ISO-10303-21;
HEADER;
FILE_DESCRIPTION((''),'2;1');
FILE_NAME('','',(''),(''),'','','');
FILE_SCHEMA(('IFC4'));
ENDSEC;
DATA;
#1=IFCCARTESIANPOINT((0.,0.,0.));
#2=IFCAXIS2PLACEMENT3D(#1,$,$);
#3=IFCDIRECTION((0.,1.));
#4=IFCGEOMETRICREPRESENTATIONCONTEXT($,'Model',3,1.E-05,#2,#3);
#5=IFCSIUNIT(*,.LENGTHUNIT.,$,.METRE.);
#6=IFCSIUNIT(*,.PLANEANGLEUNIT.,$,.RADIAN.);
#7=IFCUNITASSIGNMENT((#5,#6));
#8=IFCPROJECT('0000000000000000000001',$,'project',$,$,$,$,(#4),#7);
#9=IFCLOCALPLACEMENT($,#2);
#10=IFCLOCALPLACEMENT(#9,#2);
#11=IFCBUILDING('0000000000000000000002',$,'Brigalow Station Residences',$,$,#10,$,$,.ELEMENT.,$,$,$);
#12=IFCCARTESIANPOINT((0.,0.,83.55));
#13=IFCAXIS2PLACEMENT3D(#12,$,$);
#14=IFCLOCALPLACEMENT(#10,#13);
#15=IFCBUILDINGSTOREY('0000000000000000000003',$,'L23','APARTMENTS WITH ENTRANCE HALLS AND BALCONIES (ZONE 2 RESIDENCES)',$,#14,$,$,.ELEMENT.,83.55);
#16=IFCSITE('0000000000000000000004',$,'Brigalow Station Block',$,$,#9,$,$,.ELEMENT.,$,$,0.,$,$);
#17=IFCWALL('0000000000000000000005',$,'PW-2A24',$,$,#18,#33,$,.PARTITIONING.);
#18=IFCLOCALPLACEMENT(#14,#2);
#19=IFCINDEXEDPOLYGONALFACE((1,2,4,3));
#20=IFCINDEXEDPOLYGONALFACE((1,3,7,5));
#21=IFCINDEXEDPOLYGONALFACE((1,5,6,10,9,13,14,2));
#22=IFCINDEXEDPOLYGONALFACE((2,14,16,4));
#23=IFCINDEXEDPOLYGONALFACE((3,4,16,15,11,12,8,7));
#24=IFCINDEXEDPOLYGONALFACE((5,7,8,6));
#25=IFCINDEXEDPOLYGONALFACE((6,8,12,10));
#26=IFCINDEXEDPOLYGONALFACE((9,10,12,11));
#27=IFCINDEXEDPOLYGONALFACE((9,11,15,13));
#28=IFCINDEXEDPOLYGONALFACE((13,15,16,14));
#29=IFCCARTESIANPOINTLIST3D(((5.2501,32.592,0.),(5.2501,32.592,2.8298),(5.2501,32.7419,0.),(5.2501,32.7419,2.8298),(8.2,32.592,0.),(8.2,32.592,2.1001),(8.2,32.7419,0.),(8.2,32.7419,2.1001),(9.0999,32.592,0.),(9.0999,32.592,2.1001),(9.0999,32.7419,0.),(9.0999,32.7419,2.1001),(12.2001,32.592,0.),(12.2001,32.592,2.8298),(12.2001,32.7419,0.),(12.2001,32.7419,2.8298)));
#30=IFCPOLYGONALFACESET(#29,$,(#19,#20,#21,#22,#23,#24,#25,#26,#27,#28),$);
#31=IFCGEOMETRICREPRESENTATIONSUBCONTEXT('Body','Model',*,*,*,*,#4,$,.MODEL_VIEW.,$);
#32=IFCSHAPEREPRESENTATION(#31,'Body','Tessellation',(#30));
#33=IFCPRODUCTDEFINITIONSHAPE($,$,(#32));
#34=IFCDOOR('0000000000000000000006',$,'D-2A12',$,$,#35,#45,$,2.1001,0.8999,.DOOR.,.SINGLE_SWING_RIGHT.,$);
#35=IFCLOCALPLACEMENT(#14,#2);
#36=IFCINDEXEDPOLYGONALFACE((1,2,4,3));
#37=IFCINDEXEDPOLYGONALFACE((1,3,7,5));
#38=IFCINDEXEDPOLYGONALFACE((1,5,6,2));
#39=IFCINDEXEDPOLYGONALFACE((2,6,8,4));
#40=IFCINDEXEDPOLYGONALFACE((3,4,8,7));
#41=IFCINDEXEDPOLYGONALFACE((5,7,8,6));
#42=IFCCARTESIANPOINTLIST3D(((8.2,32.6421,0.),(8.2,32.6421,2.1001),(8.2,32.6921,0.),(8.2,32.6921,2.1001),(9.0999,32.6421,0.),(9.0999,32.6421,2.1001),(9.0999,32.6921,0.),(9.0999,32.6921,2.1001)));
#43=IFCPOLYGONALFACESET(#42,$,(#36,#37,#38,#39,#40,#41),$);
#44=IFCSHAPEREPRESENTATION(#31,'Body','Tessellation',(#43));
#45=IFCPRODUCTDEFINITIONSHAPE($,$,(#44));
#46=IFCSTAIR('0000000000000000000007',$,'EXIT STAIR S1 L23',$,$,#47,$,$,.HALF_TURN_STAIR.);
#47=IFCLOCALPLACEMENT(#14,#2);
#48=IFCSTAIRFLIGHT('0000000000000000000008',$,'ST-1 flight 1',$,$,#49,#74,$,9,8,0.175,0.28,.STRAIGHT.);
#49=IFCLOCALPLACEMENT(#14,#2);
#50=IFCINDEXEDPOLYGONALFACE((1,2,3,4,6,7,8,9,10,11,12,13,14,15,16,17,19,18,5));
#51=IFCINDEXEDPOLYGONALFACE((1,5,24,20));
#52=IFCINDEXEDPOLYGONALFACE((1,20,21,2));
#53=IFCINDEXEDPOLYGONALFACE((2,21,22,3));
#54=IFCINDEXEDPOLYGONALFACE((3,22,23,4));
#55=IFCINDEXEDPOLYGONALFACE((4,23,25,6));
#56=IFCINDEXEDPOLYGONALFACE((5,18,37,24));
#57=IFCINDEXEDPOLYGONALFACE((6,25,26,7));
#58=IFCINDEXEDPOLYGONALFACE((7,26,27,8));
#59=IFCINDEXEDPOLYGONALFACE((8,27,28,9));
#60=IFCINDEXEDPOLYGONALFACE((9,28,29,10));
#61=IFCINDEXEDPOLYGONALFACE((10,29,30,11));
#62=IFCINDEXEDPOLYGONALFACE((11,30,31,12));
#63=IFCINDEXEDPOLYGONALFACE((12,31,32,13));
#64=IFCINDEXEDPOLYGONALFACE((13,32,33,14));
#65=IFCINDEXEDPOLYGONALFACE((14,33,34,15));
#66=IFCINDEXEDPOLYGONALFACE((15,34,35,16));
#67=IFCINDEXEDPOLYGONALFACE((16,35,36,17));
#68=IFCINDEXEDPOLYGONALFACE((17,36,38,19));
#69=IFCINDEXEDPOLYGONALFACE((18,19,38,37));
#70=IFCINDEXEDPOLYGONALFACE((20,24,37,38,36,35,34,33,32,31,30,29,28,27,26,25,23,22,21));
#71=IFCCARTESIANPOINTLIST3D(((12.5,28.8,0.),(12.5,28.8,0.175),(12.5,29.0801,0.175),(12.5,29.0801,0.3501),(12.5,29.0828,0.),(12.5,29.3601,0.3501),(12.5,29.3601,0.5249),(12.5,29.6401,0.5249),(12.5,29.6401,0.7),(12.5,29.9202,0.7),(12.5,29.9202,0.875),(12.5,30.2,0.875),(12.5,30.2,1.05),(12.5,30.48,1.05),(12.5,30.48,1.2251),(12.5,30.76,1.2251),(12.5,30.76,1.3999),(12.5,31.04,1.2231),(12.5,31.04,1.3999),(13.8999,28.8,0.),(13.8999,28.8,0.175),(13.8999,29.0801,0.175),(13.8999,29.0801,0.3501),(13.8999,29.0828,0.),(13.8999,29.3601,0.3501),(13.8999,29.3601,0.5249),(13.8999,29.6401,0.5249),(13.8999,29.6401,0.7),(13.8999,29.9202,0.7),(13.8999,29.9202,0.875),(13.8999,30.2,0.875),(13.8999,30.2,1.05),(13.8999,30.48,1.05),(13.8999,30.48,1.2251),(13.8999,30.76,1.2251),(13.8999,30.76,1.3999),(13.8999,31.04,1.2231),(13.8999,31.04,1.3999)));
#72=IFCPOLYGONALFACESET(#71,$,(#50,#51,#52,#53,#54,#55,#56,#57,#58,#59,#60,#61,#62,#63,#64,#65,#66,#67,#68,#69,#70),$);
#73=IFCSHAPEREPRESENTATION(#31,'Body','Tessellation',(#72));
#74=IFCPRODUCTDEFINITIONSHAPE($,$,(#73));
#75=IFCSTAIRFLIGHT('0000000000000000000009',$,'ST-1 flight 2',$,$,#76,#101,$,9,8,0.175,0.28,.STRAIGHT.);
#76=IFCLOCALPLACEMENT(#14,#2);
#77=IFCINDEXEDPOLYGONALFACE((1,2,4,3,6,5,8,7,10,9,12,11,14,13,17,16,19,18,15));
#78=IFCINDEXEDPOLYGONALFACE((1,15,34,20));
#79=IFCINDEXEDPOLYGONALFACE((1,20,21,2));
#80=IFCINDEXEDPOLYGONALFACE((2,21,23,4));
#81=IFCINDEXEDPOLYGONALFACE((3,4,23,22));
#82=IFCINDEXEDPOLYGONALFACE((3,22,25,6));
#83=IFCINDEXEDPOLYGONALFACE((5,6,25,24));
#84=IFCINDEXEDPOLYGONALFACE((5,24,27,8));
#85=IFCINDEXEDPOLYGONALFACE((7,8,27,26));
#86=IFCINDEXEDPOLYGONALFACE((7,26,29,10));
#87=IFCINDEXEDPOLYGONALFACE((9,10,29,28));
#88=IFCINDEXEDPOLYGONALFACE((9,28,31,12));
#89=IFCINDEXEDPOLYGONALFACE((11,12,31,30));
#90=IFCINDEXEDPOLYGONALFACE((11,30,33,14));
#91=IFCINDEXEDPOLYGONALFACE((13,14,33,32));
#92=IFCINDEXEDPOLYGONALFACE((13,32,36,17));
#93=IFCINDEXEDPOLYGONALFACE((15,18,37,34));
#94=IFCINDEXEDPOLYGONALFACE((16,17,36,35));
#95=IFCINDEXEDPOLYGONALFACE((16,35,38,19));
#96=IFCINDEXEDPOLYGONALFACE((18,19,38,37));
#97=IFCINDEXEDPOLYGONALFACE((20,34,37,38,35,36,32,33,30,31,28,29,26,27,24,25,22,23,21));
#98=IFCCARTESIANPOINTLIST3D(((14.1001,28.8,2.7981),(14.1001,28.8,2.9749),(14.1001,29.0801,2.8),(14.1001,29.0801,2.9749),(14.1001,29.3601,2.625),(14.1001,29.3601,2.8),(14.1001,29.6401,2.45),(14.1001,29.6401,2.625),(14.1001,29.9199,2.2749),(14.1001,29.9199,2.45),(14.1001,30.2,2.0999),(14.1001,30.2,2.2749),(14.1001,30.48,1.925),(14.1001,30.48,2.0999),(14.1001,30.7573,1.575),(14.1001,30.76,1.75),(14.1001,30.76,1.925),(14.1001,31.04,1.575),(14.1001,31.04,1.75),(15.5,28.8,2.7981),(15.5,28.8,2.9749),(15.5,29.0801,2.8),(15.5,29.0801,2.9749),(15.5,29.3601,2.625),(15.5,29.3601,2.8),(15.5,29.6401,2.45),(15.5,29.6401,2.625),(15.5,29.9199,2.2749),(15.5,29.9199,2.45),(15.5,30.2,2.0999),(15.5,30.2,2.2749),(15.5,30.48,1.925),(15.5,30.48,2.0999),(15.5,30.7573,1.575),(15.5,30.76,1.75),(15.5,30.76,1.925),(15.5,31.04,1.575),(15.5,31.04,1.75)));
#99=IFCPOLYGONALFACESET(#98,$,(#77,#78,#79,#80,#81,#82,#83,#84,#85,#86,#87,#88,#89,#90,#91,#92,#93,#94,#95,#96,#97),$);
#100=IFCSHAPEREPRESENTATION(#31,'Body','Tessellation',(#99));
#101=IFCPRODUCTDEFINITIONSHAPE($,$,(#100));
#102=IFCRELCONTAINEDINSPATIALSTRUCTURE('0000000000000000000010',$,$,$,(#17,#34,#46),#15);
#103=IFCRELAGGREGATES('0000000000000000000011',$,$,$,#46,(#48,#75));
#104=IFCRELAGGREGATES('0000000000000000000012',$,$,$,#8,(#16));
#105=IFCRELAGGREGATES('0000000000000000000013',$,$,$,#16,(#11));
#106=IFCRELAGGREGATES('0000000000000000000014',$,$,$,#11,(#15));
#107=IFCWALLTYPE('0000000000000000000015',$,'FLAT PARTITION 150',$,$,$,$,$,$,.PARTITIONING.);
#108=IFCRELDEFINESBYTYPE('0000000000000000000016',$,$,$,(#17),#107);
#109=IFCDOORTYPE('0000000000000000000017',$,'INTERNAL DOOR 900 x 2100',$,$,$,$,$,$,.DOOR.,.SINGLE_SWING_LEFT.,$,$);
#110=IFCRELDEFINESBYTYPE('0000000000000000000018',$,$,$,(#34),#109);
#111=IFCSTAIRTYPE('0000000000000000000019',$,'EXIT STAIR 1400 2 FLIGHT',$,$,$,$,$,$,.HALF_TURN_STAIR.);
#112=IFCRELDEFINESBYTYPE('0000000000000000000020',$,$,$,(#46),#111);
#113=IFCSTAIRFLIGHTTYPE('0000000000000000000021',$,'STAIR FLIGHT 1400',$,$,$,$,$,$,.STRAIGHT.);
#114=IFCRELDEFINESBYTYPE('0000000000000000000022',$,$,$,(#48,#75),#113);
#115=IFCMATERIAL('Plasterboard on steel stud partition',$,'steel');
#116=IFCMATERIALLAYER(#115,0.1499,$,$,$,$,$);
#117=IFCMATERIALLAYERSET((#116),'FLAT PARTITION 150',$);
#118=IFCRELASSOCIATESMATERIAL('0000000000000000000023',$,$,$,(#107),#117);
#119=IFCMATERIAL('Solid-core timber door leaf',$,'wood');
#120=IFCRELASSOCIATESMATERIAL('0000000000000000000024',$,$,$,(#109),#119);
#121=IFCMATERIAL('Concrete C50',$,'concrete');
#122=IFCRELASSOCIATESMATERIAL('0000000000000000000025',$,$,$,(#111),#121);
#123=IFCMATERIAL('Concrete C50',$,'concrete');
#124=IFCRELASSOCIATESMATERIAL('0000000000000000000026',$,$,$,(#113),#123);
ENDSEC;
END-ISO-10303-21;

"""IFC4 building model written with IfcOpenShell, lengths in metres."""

from ifc_helpers import new_model, si_unit, direction, frame, frame_2d, origin, place, context, subcontext, project, spatial, polyline, rectangle, outline, extrude, material, layer, layer_set, type_object, element, fill, aggregate, save


model = new_model("IFC4")

# Units and contexts
model_context = context("Model", 3, precision=1e-05, world=origin(), true_north=direction((0.0, 1.0)))
body_context = subcontext(model_context, "Body", "Model", "MODEL_VIEW")
ifc_project = project(units=[si_unit("LENGTHUNIT", "METRE"), si_unit("PLANEANGLEUNIT", "RADIAN")], contexts=[model_context])

# Site, building, storey
site_placement = place(None, origin())
site = spatial("IfcSite", under=ifc_project, at=site_placement, Name="Brigalow Station Block", CompositionType="ELEMENT", RefElevation=0.0)
building_placement = place(site_placement, origin())
building = spatial("IfcBuilding", under=site, at=building_placement, Name="Brigalow Station Residences", CompositionType="ELEMENT")
storey_placement = place(building_placement, frame((0.0, 0.0, 83.55)))
storey = spatial("IfcBuildingStorey", under=building, at=storey_placement, Name="L23", Description="APARTMENTS WITH ENTRANCE HALLS AND BALCONIES (ZONE 2 RESIDENCES)", CompositionType="ELEMENT", Elevation=83.55)

# Wall, opening, door
ifc_material_1 = material(Name="Plasterboard on steel stud partition", Category="steel")
ifc_layer_1 = layer(ifc_material_1, 0.1499)
ifc_layer_set_1 = layer_set([ifc_layer_1], Name="FLAT PARTITION 150")
wall_type_1 = type_object("IfcWallType", Name="FLAT PARTITION 150", PredefinedType="PARTITIONING", material=ifc_layer_set_1)
ifc_material_2 = material(Name="Solid-core timber door leaf", Category="wood")
door_type_1 = type_object("IfcDoorType", Name="INTERNAL DOOR 900 x 2100", OperationType="SINGLE_SWING_LEFT", PredefinedType="DOOR", material=ifc_material_2)
wall_1_placement = place(storey_placement, frame((5.25, 32.667, 0.0), z_axis=(0.0, 0.0, 1.0), x_axis=(1.0, 0.0, 0.0)))
wall_1 = element("IfcWall", 1, at=wall_1_placement, inside=storey, type_object=wall_type_1, Name="PW-2A24", PredefinedType="PARTITIONING", context=body_context, shape_type="SweptSolid", body=[
    extrude(rectangle(XDim=6.95, YDim=0.1499, at=frame_2d((3.4751, 0.0))), origin(), (0.0, 0.0, 1.0), 2.8298),
])
opening_1_placement = place(wall_1_placement, frame((2.95, 0.0, 0.0)))
opening_1 = element("IfcOpeningElement", 2, at=opening_1_placement, cuts=wall_1, PredefinedType="OPENING", context=body_context, shape_type="SweptSolid", body=[
    extrude(rectangle(XDim=0.8999, YDim=2.1001, at=frame_2d((0.45, 1.05))), frame((0.0, 0.085, 0.0), z_axis=(0.0, -1.0, 0.0), x_axis=(1.0, 0.0, 0.0)), (0.0, 0.0, 1.0), 0.1699),
])
door_1_placement = place(opening_1_placement, frame((0.8999, 0.0, 0.0), z_axis=(0.0, 0.0, 1.0), x_axis=(-1.0, 0.0, 0.0)))
door_1 = element("IfcDoor", 3, at=door_1_placement, inside=storey, type_object=door_type_1, Name="D-2A12", OperationType="SINGLE_SWING_RIGHT", OverallHeight=2.1001, OverallWidth=0.8999, PredefinedType="DOOR", context=body_context, shape_type="SweptSolid", body=[
    extrude(rectangle(XDim=0.8999, YDim=2.1001, at=frame_2d((0.45, 1.05))), frame((0.0, 0.0249, 0.0), z_axis=(0.0, -1.0, 0.0), x_axis=(1.0, 0.0, 0.0)), (0.0, 0.0, 1.0), 0.05),
])
fill(opening_1, door_1)

# Stair, stair flights
ifc_material_3 = material(Name="Concrete C50", Category="concrete")
stair_type = type_object("IfcStairType", Name="EXIT STAIR 1400 2 FLIGHT", PredefinedType="HALF_TURN_STAIR", material=ifc_material_3)
stair_placement = place(storey_placement, origin())
stair = element("IfcStair", 4, at=stair_placement, inside=storey, type_object=stair_type, Name="EXIT STAIR S1 L23", PredefinedType="HALF_TURN_STAIR")
ifc_material_4 = material(Name="Concrete C50", Category="concrete")
stair_flight_type = type_object("IfcStairFlightType", Name="STAIR FLIGHT 1400", PredefinedType="STRAIGHT", material=ifc_material_4)
stair_flight_1_placement = place(storey_placement, frame((13.2, 28.8, 0.0), z_axis=(0.0, 0.0, 1.0), x_axis=(0.0, 1.0, 0.0)))
stair_flight_1 = element("IfcStairFlight", 5, at=stair_flight_1_placement, type_object=stair_flight_type, Name="ST-1 flight 1", NumberOfRisers=9, NumberOfTreads=8, PredefinedType="STRAIGHT", RiserHeight=0.175, TreadLength=0.28, context=body_context, shape_type="SweptSolid", body=[
    extrude(outline(polyline([(0.0, 0.0), (0.0, 0.175), (0.28, 0.175), (0.28, 0.3501), (0.5601, 0.3501), (0.5601, 0.5249), (0.8401, 0.5249), (0.8401, 0.7), (1.1201, 0.7), (1.1201, 0.875), (1.3999, 0.875), (1.3999, 1.05), (1.6799, 1.05), (1.6799, 1.2251), (1.96, 1.2251), (1.96, 1.3999), (2.24, 1.3999), (2.24, 1.575), (2.24, 1.2231), (0.2827, 0.0), (0.0, 0.0)])), frame((0.0, 0.7, 0.0), z_axis=(0.0, -1.0, 0.0), x_axis=(1.0, 0.0, 0.0)), (0.0, 0.0, 1.0), 1.3999),
])
stair_flight_2_placement = place(storey_placement, frame((14.8, 31.04, 1.575), z_axis=(0.0, 0.0, 1.0), x_axis=(0.0, -1.0, 0.0)))
stair_flight_2 = element("IfcStairFlight", 6, at=stair_flight_2_placement, type_object=stair_flight_type, Name="ST-1 flight 2", NumberOfRisers=9, NumberOfTreads=8, PredefinedType="STRAIGHT", RiserHeight=0.175, TreadLength=0.28, context=body_context, shape_type="SweptSolid", body=[
    extrude(outline(polyline([(0.0, 0.0), (0.0, 0.175), (0.28, 0.175), (0.28, 0.3501), (0.5601, 0.3501), (0.5601, 0.5249), (0.8401, 0.5249), (0.8401, 0.7), (1.1201, 0.7), (1.1201, 0.875), (1.3999, 0.875), (1.3999, 1.05), (1.6799, 1.05), (1.6799, 1.2251), (1.96, 1.2251), (1.96, 1.3999), (2.24, 1.3999), (2.24, 1.575), (2.24, 1.2231), (0.2827, 0.0), (0.0, 0.0)])), frame((0.0, 0.7, 0.0), z_axis=(0.0, -1.0, 0.0), x_axis=(1.0, 0.0, 0.0)), (0.0, 0.0, 1.0), 1.3999),
])
aggregate(stair, [stair_flight_1, stair_flight_2])

save(model, "model.ifc")
